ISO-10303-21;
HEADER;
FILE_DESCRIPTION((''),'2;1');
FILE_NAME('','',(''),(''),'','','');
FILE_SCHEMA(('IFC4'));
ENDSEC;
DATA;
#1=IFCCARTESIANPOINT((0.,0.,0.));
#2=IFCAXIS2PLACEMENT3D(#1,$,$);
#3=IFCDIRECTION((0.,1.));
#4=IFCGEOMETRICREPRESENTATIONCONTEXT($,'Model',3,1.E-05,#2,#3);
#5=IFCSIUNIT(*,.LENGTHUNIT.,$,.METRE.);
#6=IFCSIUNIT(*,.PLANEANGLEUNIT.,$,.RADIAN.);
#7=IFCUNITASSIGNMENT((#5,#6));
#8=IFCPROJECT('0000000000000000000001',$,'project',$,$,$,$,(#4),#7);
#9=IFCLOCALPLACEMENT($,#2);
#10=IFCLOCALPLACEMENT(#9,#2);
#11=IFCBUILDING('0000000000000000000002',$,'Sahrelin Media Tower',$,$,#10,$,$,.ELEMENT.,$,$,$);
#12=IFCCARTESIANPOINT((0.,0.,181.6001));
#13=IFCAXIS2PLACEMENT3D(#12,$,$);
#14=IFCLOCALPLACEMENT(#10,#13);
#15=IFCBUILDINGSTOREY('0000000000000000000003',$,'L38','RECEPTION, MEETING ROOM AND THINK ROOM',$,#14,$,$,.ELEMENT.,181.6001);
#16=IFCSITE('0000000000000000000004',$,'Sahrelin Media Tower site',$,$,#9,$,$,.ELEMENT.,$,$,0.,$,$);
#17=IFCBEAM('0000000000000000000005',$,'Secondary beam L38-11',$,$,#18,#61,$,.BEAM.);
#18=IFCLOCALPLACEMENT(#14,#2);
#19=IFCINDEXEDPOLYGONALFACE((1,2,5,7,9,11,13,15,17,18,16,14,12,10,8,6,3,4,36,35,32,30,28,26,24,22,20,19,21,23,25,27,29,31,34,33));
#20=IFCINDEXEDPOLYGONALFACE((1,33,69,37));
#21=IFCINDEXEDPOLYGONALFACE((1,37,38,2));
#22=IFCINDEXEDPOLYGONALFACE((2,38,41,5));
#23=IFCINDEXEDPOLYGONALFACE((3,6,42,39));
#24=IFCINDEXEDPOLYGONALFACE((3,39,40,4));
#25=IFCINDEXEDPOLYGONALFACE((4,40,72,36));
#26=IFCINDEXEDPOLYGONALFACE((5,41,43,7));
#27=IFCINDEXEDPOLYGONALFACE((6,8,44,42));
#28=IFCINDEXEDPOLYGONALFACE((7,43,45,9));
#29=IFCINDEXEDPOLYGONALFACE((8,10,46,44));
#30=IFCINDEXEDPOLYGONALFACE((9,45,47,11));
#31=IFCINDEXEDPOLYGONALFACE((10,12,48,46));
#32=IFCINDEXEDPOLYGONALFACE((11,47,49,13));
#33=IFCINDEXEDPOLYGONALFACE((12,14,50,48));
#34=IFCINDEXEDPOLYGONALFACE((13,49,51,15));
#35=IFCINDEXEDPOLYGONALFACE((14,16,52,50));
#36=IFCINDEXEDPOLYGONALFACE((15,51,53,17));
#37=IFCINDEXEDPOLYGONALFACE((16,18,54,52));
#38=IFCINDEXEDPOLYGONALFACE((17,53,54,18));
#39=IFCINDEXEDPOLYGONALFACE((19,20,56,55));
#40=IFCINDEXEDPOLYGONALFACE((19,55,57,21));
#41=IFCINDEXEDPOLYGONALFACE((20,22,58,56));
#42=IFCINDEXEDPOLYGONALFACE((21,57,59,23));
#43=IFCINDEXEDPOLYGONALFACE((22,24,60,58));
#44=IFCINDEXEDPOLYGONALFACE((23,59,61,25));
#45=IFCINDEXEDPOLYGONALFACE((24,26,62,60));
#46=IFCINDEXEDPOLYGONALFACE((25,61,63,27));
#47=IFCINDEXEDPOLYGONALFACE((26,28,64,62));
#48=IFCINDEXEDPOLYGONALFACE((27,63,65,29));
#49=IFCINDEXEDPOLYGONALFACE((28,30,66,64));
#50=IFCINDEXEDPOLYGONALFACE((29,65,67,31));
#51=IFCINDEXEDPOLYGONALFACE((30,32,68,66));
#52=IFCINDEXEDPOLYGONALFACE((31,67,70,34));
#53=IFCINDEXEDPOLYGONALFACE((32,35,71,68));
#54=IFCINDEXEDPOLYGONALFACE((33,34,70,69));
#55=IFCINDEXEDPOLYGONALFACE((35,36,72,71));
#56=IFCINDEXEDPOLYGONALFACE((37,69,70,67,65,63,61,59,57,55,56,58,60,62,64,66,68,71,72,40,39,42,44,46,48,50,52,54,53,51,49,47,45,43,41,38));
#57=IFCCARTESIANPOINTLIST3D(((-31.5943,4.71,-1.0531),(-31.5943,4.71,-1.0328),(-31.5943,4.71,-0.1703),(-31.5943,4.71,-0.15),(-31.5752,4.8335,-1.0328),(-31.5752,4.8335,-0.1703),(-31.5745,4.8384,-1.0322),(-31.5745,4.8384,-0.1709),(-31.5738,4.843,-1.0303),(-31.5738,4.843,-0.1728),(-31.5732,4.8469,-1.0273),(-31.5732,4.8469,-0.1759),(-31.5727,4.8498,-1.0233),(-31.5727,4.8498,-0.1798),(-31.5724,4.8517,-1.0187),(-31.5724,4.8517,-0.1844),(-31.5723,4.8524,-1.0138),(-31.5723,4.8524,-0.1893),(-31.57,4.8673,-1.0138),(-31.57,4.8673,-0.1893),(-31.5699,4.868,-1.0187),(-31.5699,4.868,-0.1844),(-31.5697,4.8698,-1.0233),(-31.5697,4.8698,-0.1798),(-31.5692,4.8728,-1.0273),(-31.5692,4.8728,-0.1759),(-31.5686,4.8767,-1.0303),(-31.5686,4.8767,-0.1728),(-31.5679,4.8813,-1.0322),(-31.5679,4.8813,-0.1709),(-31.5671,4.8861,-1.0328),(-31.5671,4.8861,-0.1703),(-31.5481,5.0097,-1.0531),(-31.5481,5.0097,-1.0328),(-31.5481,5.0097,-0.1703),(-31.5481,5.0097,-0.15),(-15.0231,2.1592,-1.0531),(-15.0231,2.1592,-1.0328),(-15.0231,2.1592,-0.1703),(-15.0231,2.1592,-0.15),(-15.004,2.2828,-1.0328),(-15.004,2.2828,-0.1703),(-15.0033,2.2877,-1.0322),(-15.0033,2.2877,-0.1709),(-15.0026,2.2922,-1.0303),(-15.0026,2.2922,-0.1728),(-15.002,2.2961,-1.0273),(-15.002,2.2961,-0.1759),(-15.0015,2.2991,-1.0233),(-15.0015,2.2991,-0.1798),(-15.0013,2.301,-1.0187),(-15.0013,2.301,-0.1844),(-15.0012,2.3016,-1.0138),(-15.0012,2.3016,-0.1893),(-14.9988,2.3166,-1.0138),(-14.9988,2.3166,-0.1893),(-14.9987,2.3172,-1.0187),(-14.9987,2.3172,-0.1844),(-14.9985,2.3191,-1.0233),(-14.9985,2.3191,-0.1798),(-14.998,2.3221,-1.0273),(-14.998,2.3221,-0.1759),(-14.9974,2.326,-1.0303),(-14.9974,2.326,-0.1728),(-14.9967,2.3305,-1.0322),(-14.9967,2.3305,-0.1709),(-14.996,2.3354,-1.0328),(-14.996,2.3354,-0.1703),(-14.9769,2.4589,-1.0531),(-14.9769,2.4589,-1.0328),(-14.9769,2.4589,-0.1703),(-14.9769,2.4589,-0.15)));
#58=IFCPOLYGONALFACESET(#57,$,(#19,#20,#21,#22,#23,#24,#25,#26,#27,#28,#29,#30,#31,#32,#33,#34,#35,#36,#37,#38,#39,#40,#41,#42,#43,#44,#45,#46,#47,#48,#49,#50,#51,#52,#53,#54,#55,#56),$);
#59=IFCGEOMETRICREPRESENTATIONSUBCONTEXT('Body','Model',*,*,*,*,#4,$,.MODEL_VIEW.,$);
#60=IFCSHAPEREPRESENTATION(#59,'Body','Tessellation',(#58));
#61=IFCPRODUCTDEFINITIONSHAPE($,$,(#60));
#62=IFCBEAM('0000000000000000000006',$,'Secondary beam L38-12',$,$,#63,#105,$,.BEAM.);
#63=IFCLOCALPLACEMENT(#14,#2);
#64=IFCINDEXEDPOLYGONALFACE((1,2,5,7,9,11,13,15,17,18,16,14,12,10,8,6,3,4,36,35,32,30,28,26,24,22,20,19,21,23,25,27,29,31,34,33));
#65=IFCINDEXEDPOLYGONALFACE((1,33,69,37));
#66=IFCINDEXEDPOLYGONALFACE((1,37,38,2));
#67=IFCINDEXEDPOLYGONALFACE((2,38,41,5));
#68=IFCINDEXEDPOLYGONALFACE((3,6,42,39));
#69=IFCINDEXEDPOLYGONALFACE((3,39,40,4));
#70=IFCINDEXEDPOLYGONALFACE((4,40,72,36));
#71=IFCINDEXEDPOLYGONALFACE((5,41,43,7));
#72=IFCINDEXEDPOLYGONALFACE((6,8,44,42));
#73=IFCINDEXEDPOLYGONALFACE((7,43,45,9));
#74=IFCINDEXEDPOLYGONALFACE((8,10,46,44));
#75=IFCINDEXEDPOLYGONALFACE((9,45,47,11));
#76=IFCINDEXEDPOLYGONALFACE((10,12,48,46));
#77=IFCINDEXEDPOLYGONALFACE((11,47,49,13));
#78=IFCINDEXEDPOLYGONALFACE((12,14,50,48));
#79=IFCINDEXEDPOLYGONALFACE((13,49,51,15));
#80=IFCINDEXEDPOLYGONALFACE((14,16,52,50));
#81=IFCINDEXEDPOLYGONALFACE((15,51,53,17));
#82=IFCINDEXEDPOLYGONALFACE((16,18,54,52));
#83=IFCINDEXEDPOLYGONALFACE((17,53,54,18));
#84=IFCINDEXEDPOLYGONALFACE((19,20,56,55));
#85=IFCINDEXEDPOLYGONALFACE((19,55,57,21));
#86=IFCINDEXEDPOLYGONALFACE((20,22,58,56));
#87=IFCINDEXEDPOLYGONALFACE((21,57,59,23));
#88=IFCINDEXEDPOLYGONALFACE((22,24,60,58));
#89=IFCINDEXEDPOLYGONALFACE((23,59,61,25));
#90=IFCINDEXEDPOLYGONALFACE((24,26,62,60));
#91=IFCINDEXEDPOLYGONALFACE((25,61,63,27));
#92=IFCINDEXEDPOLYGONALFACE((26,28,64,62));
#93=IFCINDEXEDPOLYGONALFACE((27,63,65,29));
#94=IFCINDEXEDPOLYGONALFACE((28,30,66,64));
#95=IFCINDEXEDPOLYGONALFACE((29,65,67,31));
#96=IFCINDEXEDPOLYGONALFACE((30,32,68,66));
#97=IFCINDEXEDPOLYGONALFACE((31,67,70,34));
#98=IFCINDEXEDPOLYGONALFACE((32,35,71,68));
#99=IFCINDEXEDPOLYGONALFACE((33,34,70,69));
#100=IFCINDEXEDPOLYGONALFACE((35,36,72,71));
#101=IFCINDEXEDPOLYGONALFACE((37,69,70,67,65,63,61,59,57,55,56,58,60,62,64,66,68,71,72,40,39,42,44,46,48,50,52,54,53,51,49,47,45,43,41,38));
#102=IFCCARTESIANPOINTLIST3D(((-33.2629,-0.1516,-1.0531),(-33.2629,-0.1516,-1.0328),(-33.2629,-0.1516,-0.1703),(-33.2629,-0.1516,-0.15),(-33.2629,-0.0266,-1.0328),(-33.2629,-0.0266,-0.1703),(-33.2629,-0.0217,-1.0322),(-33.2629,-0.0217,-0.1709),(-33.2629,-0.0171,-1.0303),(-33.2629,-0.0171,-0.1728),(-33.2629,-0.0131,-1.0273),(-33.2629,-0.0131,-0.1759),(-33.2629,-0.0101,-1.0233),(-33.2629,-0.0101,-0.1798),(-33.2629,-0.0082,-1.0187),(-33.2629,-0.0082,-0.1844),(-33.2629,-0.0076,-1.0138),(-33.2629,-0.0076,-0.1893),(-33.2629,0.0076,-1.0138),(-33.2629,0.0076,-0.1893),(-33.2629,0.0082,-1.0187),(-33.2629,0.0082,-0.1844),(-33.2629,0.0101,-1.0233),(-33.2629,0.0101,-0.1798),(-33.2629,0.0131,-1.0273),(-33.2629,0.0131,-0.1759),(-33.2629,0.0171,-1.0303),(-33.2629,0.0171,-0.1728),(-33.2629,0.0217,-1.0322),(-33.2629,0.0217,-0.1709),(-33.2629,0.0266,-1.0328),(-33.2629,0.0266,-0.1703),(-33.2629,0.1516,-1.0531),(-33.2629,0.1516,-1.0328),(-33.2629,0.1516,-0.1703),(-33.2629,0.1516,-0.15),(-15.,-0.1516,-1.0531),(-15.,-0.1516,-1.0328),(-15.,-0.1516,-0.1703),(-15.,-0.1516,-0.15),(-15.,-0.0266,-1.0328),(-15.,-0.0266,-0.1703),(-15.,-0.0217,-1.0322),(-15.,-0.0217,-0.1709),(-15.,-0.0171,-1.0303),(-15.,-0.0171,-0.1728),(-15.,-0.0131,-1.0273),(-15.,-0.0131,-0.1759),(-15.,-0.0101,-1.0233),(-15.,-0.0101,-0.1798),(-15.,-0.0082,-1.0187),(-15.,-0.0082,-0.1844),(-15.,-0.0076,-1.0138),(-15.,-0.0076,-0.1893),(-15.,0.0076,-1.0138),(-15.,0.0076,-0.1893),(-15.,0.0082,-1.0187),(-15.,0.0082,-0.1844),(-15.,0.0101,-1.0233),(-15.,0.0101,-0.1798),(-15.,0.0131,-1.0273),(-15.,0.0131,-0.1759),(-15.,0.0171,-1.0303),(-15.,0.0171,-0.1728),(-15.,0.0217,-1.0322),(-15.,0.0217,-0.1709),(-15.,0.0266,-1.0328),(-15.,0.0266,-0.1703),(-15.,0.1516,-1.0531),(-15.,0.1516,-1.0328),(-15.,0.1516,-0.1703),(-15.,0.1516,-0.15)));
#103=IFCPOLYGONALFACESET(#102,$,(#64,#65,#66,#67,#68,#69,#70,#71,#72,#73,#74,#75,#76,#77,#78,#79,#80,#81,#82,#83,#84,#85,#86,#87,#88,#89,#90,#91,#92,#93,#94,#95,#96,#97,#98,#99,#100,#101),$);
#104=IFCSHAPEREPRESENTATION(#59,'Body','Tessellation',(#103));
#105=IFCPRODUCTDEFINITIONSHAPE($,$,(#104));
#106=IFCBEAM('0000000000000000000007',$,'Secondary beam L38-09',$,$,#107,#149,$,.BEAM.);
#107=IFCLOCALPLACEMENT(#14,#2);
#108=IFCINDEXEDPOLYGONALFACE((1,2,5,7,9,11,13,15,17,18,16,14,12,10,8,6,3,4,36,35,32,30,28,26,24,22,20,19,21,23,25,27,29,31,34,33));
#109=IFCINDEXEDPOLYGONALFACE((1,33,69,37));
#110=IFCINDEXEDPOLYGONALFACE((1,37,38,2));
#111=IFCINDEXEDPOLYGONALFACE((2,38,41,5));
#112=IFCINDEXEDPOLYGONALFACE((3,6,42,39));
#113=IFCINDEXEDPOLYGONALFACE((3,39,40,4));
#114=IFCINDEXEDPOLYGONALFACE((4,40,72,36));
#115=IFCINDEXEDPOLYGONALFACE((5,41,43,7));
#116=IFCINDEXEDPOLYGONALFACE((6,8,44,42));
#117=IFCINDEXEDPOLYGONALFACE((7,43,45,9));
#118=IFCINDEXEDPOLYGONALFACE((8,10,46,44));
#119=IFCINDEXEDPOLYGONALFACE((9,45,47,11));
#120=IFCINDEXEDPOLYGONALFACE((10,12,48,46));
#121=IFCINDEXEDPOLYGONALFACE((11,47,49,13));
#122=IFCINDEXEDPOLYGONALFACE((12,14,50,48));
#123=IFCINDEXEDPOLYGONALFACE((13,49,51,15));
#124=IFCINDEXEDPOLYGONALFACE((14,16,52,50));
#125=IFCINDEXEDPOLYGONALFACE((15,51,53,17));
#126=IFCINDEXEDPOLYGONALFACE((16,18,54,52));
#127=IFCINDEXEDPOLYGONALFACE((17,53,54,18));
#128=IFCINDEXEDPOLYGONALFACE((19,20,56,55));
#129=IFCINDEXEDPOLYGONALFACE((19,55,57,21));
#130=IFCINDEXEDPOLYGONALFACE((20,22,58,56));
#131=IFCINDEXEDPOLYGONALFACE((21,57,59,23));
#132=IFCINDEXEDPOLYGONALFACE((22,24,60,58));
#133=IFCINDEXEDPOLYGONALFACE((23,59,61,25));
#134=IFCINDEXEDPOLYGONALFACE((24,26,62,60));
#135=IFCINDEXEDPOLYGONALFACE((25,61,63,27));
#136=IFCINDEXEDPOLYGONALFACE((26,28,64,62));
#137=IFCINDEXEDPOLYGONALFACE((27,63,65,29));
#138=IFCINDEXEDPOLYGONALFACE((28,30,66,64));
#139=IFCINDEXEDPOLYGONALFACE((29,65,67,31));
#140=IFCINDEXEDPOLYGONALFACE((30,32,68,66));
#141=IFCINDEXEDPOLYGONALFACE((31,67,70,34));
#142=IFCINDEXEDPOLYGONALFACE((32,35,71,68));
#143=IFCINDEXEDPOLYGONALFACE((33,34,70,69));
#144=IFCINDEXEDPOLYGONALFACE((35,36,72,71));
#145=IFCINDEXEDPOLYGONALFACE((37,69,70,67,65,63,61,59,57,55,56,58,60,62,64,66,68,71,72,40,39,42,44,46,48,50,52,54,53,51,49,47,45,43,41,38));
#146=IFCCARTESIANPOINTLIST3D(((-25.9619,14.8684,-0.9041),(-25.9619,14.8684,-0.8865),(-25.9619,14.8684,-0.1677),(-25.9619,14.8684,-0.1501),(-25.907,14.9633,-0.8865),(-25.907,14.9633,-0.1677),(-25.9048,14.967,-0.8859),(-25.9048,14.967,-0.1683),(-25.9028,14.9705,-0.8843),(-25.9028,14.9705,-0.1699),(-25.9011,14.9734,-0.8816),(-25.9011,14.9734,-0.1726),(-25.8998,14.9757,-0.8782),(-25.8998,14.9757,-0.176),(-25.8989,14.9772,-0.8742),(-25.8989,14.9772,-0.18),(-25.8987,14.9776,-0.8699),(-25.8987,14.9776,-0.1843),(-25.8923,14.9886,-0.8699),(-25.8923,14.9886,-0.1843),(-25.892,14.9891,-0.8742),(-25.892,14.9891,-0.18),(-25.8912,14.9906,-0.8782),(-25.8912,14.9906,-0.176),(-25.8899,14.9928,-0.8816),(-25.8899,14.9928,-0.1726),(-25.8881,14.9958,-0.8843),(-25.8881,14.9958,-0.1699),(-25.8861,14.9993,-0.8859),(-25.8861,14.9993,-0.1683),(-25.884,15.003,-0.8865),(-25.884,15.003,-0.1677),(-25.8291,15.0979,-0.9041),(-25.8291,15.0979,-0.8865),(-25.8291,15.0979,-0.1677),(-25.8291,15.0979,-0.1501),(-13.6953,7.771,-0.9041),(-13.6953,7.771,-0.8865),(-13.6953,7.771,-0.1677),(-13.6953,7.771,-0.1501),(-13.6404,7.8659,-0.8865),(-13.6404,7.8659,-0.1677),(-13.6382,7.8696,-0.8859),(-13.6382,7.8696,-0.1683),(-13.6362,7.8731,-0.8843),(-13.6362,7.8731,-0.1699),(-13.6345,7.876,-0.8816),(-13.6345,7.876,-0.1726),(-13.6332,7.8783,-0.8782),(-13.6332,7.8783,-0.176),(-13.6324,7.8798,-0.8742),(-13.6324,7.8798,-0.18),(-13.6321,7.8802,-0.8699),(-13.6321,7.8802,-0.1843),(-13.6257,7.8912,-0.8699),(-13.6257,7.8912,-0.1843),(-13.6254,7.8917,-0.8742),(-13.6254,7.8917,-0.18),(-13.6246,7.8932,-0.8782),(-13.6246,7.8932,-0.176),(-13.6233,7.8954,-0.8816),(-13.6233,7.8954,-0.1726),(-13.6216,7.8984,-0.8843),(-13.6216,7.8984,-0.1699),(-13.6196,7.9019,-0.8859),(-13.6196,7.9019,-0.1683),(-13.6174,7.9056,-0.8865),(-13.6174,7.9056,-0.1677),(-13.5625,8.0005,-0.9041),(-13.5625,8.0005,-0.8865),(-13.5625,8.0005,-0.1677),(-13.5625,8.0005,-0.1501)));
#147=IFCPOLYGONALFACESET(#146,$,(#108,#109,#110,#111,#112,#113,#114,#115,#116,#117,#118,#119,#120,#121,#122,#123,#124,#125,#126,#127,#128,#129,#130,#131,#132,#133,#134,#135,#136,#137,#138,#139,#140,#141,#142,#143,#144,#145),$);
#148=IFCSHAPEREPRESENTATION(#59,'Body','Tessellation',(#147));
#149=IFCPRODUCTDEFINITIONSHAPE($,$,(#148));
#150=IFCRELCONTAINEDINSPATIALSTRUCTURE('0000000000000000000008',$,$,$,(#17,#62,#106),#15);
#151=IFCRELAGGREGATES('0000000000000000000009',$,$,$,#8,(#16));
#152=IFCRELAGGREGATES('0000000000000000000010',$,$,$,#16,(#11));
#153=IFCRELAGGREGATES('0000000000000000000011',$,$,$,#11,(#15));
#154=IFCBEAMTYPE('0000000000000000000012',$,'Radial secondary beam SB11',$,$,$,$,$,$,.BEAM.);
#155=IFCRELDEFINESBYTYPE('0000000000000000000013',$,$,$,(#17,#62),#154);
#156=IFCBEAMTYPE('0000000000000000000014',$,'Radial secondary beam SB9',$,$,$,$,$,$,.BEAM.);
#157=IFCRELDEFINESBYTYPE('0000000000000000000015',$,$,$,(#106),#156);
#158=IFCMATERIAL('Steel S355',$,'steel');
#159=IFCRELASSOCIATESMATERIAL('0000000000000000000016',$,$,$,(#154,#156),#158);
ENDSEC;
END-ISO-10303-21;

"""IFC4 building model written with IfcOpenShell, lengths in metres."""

from ifc_helpers import new_model, si_unit, direction, frame, origin, origin_2d, place, context, subcontext, project, spatial, i_section, extrude, material, material_profile, profile_set, type_object, element, save


model = new_model("IFC4")

# Units and contexts
model_context = context("Model", 3, precision=1e-05, world=origin(), true_north=direction((0.0, 1.0)))
body_context = subcontext(model_context, "Body", "Model", "MODEL_VIEW")
ifc_project = project(units=[si_unit("LENGTHUNIT", "METRE"), si_unit("PLANEANGLEUNIT", "RADIAN")], contexts=[model_context])

# Site, building, storey
site_placement = place(None, origin())
site = spatial("IfcSite", under=ifc_project, at=site_placement, Name="Sahrelin Media Tower site", CompositionType="ELEMENT", RefElevation=0.0)
building_placement = place(site_placement, origin())
building = spatial("IfcBuilding", under=site, at=building_placement, Name="Sahrelin Media Tower", CompositionType="ELEMENT")
storey_placement = place(building_placement, frame((0.0, 0.0, 181.6001)))
storey = spatial("IfcBuildingStorey", under=building, at=storey_placement, Name="L38", Description="RECEPTION, MEETING ROOM AND THINK ROOM", CompositionType="ELEMENT", Elevation=181.6001)

# Beams
ifc_material_1 = material(Name="Steel S355", Category="steel")
ifc_material_profile_1 = material_profile(ifc_material_1, i_section(OverallWidth=0.3032, OverallDepth=0.9031, WebThickness=0.0151, FlangeThickness=0.0203, FilletRadius=0.019, at=origin_2d()), Name="UB 914x305x201")
ifc_profile_set_1 = profile_set([ifc_material_profile_1], Name="Steel S355")
beam_type_1 = type_object("IfcBeamType", Name="Radial secondary beam SB11", PredefinedType="BEAM", material=ifc_profile_set_1)
beam_1_placement = place(storey_placement, frame((-15.0, 2.3091, -0.6016), z_axis=(-0.98836, 0.152136, 0.0), x_axis=(-0.152136, -0.98836, 0.0)))
element("IfcBeam", 1, at=beam_1_placement, inside=storey, type_object=beam_type_1, Name="Secondary beam L38-11", PredefinedType="BEAM", context=body_context, shape_type="SweptSolid", body=[
    extrude(i_section(OverallWidth=0.3032, OverallDepth=0.9031, WebThickness=0.0151, FlangeThickness=0.0203, FilletRadius=0.019, at=origin_2d()), origin(), (0.0, 0.0, 1.0), 16.7664),
])
beam_2_placement = place(storey_placement, frame((-15.0, 0.0, -0.6016), z_axis=(-1.0, 0.0, 0.0), x_axis=(0.0, -1.0, 0.0)))
element("IfcBeam", 2, at=beam_2_placement, inside=storey, type_object=beam_type_1, Name="Secondary beam L38-12", PredefinedType="BEAM", context=body_context, shape_type="SweptSolid", body=[
    extrude(i_section(OverallWidth=0.3032, OverallDepth=0.9031, WebThickness=0.0151, FlangeThickness=0.0203, FilletRadius=0.019, at=origin_2d()), origin(), (0.0, 0.0, 1.0), 18.2629),
])
ifc_material_profile_2 = material_profile(ifc_material_1, i_section(OverallWidth=0.2651, OverallDepth=0.7539, WebThickness=0.0127, FlangeThickness=0.0176, FilletRadius=0.0166, at=origin_2d()), Name="UB 762x267x147")
ifc_profile_set_2 = profile_set([ifc_material_profile_2], Name="Steel S355")
beam_type_2 = type_object("IfcBeamType", Name="Radial secondary beam SB9", PredefinedType="BEAM", material=ifc_profile_set_2)
beam_3_placement = place(storey_placement, frame((-13.6289, 7.8857, -0.5271), z_axis=(-0.865558, 0.500809, 0.0), x_axis=(-0.500809, -0.865558, 0.0)))
element("IfcBeam", 3, at=beam_3_placement, inside=storey, type_object=beam_type_2, Name="Secondary beam L38-09", PredefinedType="BEAM", context=body_context, shape_type="SweptSolid", body=[
    extrude(i_section(OverallWidth=0.2651, OverallDepth=0.7539, WebThickness=0.0127, FlangeThickness=0.0176, FilletRadius=0.0166, at=origin_2d()), origin(), (0.0, 0.0, 1.0), 14.1719),
])

save(model, "model.ifc")
